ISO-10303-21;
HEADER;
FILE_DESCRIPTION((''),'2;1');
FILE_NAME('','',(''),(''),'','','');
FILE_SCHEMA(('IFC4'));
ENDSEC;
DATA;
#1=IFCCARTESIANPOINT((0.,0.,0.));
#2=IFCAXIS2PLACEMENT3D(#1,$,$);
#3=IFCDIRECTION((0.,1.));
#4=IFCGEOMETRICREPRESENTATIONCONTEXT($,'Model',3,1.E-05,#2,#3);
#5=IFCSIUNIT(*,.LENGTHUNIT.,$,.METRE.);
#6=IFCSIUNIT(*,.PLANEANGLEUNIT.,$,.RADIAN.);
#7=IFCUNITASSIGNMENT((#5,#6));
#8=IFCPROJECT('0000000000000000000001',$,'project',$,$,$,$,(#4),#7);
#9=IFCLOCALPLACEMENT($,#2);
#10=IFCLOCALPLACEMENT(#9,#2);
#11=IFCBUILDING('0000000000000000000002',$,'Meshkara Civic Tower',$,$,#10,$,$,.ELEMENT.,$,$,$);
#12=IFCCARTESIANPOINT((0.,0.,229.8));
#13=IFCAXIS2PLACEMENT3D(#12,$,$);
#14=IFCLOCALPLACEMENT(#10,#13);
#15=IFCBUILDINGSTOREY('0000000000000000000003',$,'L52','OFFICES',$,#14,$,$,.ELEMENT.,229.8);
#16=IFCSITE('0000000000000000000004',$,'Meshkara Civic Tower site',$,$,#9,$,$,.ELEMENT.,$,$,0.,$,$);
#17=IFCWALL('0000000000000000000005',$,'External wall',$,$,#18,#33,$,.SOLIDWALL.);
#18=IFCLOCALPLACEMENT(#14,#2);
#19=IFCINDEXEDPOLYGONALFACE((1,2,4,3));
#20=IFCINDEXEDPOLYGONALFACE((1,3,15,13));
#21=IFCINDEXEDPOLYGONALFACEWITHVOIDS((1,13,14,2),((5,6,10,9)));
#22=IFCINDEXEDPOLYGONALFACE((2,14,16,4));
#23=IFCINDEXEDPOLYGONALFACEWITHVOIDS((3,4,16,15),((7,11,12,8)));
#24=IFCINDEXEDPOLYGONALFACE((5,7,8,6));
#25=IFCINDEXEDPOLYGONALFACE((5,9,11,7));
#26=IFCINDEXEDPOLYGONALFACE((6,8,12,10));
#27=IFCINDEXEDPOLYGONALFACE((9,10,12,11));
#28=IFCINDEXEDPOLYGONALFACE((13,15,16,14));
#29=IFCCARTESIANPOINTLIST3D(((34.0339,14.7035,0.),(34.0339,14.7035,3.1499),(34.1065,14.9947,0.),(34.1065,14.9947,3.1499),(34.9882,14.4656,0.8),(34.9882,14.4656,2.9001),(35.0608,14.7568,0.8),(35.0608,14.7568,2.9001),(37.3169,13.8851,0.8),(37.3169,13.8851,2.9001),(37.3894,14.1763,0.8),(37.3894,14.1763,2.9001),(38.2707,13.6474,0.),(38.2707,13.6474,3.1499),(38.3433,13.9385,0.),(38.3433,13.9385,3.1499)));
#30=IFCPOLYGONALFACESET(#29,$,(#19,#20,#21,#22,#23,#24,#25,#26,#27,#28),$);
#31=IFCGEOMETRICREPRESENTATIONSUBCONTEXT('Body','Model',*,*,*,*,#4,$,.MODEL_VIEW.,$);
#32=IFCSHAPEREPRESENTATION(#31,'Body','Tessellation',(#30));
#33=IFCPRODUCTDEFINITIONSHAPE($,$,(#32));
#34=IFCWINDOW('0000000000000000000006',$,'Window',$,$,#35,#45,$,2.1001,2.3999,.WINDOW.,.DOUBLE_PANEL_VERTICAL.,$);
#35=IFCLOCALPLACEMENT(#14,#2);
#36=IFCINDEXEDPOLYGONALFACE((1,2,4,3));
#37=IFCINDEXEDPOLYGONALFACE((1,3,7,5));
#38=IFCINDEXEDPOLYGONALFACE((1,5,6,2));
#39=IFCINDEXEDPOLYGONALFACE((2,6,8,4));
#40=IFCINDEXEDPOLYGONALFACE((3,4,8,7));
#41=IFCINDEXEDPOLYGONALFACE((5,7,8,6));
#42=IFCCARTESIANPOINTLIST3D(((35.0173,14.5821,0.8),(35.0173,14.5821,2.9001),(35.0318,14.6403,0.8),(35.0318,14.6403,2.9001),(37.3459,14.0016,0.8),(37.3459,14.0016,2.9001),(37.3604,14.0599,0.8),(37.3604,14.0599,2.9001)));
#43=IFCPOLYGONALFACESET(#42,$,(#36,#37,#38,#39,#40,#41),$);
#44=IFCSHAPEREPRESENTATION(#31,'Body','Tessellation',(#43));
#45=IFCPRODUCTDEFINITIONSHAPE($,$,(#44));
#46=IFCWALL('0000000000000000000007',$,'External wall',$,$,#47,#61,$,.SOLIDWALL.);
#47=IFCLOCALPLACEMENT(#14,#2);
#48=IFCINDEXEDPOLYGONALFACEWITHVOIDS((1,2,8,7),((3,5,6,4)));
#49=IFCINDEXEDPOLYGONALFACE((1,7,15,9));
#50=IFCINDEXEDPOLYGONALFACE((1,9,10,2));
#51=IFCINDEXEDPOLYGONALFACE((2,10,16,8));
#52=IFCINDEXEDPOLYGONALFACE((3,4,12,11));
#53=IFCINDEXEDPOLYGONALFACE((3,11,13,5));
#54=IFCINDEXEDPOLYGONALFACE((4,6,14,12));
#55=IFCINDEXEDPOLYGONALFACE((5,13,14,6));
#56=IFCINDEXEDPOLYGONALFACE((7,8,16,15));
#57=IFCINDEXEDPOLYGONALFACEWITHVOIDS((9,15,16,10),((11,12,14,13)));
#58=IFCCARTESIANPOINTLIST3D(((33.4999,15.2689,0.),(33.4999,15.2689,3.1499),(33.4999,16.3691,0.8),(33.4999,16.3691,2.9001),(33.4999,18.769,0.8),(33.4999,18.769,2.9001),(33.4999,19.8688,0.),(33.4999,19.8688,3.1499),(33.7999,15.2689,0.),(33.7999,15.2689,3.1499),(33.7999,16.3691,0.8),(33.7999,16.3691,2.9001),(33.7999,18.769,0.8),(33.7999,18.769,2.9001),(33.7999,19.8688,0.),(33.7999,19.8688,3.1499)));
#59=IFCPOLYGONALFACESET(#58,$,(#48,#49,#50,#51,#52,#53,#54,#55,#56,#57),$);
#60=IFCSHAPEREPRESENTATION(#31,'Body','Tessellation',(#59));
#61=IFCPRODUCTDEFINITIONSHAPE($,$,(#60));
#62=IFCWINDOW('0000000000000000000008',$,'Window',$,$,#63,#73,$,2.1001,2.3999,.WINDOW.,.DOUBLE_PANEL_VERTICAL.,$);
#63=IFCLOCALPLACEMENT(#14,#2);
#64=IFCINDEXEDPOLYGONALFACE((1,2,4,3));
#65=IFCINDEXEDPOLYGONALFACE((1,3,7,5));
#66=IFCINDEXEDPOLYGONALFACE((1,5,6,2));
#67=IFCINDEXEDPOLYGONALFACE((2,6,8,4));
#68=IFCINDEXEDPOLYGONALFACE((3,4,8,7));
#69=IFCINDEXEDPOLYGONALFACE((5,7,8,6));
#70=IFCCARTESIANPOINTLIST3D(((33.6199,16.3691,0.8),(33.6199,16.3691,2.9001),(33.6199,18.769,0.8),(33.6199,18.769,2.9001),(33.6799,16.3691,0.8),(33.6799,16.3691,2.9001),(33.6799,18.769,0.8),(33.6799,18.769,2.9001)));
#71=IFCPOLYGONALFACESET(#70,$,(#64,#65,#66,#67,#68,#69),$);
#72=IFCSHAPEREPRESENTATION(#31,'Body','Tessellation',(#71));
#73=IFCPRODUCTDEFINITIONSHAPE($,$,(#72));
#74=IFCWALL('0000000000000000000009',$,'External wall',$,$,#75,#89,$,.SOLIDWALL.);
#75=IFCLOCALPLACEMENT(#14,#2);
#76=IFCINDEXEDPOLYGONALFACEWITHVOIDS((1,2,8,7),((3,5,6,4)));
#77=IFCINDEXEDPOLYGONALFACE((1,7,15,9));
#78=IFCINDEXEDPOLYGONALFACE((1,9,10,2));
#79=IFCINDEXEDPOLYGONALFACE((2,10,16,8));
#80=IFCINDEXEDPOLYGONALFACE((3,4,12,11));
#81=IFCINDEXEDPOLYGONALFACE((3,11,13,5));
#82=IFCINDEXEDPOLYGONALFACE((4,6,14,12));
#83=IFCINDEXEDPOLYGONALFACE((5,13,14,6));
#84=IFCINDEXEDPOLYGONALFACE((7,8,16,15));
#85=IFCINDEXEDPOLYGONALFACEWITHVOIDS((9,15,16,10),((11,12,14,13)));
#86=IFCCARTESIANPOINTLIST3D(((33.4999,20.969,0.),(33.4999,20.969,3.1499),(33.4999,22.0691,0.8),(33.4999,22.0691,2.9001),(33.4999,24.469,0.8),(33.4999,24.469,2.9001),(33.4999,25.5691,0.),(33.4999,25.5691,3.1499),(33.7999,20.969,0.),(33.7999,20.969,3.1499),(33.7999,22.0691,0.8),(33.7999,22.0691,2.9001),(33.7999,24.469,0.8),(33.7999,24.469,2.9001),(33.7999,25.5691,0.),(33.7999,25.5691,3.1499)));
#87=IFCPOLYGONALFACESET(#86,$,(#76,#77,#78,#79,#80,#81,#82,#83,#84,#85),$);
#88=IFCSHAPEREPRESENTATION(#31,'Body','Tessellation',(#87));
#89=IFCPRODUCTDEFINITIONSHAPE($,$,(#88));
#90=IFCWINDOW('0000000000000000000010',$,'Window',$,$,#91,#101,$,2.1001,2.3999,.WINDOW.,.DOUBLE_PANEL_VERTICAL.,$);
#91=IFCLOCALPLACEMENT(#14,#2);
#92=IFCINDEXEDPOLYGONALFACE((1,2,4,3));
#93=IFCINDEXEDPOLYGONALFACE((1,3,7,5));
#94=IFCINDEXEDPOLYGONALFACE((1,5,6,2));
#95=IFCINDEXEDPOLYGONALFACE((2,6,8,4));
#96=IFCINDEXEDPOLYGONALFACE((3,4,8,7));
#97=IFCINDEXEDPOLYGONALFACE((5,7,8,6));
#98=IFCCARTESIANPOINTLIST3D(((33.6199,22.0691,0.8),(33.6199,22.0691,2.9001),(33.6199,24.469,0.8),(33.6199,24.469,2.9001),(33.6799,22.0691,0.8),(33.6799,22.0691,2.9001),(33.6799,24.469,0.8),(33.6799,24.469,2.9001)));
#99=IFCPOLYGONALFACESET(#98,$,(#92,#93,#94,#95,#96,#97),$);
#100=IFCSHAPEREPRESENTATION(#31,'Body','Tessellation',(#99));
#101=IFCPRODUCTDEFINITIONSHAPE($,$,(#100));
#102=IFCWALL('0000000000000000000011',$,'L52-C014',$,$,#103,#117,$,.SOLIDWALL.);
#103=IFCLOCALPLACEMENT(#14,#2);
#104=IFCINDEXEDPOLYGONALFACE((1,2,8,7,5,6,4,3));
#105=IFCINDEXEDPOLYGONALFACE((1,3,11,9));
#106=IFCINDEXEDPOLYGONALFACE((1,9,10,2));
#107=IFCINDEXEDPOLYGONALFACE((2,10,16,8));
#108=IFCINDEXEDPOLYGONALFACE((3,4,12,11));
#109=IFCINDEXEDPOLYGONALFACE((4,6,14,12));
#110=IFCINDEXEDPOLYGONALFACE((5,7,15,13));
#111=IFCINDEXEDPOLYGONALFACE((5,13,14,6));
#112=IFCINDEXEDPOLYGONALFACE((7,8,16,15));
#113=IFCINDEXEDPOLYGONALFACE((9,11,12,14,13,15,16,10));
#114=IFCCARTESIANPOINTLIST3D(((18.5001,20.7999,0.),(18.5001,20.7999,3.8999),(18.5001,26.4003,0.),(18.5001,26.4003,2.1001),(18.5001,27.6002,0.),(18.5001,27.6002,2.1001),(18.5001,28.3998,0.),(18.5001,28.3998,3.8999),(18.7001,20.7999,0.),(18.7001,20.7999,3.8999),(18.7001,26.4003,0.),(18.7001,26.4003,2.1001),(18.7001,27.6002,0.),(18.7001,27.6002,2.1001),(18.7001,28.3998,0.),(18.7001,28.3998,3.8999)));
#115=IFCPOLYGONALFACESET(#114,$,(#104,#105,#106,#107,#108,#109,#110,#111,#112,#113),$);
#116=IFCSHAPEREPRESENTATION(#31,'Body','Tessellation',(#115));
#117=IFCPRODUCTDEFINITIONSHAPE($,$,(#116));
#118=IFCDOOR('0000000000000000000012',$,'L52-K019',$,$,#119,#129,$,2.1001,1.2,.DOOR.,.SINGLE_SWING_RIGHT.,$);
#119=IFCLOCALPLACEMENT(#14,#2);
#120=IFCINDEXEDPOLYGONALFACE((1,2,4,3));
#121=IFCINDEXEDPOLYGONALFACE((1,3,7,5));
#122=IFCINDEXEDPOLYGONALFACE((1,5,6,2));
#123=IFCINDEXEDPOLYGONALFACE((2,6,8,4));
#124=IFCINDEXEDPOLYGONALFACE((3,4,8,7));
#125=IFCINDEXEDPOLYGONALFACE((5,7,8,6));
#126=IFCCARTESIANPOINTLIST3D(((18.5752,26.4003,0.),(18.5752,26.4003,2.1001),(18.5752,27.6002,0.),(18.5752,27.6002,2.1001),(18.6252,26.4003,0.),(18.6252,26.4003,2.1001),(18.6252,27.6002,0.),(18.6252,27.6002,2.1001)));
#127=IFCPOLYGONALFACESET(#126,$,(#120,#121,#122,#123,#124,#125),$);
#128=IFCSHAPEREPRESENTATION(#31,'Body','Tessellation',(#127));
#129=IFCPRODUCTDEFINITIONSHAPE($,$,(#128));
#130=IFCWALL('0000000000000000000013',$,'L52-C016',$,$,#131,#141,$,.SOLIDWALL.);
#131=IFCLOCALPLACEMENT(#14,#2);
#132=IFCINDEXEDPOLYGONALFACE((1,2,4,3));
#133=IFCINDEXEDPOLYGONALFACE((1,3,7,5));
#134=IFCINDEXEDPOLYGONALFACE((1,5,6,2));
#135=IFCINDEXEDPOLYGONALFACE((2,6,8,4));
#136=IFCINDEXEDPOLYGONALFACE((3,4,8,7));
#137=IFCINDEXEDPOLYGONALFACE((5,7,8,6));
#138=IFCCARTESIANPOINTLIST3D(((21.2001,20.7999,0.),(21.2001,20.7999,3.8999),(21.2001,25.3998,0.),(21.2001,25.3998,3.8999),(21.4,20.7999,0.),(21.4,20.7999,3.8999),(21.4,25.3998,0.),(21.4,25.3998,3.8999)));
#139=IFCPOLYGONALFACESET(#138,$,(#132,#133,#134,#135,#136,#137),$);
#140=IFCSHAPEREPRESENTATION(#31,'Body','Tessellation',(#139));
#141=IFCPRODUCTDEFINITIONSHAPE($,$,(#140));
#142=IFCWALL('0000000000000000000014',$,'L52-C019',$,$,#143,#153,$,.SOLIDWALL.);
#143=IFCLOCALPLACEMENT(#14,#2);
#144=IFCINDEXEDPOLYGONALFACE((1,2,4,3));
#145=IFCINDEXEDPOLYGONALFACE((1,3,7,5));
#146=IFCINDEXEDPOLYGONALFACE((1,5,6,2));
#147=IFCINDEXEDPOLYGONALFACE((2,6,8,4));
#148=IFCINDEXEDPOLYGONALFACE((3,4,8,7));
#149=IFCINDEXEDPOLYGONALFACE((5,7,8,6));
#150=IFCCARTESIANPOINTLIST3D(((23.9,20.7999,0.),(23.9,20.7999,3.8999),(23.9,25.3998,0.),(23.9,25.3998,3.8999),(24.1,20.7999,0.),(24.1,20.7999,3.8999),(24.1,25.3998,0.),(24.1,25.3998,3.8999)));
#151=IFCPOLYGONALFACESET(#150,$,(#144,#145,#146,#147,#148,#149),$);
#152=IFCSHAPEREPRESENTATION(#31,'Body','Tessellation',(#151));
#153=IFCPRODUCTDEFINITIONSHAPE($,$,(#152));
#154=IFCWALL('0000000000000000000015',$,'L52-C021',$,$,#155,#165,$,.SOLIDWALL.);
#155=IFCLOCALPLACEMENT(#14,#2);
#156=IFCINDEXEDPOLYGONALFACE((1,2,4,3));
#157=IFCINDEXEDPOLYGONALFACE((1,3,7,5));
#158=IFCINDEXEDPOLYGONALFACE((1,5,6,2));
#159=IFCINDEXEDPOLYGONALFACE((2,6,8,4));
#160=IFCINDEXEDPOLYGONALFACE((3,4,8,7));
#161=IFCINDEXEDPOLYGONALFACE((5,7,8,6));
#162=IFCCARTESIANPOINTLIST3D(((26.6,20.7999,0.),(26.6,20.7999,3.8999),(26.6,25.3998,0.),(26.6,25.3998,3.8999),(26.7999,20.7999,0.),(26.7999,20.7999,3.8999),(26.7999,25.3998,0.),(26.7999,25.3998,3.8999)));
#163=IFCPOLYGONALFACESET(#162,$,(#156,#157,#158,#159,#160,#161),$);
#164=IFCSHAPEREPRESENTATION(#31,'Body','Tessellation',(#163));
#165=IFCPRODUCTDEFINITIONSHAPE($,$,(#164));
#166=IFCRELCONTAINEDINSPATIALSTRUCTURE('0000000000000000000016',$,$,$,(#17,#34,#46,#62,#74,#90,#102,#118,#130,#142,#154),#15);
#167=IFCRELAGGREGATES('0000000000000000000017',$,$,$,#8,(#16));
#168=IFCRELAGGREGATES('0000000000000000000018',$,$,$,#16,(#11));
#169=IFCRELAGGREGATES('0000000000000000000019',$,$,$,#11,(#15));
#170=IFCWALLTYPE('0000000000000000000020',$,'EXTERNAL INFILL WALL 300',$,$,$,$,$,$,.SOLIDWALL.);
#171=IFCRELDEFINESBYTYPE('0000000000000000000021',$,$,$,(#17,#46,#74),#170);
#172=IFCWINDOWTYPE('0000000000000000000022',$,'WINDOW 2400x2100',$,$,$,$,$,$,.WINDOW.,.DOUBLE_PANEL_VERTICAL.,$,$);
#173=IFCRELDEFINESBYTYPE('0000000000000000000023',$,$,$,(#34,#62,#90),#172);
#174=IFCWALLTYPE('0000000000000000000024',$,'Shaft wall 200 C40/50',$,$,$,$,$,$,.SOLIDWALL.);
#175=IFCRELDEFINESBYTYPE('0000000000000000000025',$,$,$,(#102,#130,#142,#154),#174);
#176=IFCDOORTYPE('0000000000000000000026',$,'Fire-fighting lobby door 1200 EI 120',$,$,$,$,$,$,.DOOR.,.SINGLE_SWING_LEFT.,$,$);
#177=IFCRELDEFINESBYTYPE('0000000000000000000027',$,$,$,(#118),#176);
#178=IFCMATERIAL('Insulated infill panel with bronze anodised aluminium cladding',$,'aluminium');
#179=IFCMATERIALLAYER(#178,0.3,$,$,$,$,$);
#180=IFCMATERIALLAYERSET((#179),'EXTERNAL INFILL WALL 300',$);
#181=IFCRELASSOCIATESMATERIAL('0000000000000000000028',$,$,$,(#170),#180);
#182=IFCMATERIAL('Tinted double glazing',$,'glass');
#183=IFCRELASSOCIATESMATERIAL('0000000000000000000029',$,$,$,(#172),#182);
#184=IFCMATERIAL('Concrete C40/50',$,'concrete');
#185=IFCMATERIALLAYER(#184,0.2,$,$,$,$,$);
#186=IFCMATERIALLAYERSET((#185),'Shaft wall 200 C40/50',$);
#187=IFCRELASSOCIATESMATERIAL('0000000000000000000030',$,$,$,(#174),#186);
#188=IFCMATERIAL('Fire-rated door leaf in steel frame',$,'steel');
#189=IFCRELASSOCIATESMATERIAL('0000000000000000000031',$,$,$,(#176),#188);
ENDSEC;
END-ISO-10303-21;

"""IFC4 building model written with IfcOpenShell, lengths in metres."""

from ifc_helpers import new_model, si_unit, direction, frame, frame_2d, origin, place, context, subcontext, project, spatial, rectangle, extrude, material, layer, layer_set, type_object, element, fill, save


model = new_model("IFC4")

# Units and contexts
model_context = context("Model", 3, precision=1e-05, world=origin(), true_north=direction((0.0, 1.0)))
body_context = subcontext(model_context, "Body", "Model", "MODEL_VIEW")
ifc_project = project(units=[si_unit("LENGTHUNIT", "METRE"), si_unit("PLANEANGLEUNIT", "RADIAN")], contexts=[model_context])

# Site, building, storey
site_placement = place(None, origin())
site = spatial("IfcSite", under=ifc_project, at=site_placement, Name="Meshkara Civic Tower site", CompositionType="ELEMENT", RefElevation=0.0)
building_placement = place(site_placement, origin())
building = spatial("IfcBuilding", under=site, at=building_placement, Name="Meshkara Civic Tower", CompositionType="ELEMENT")
storey_placement = place(building_placement, frame((0.0, 0.0, 229.8)))
storey = spatial("IfcBuildingStorey", under=building, at=storey_placement, Name="L52", Description="OFFICES", CompositionType="ELEMENT", Elevation=229.8)

# Walls, openings, windows
ifc_material_1 = material(Name="Insulated infill panel with bronze anodised aluminium cladding", Category="aluminium")
ifc_layer_1 = layer(ifc_material_1, 0.3)
ifc_layer_set_1 = layer_set([ifc_layer_1], Name="EXTERNAL INFILL WALL 300")
wall_type_1 = type_object("IfcWallType", Name="EXTERNAL INFILL WALL 300", PredefinedType="SOLIDWALL", material=ifc_layer_set_1)
wall_1_placement = place(storey_placement, frame((38.3069, 13.793, 0.0), z_axis=(0.0, 0.0, 1.0), x_axis=(-0.970307, 0.241878, 0.0)))
wall_1 = element("IfcWall", 1, at=wall_1_placement, inside=storey, type_object=wall_type_1, Name="External wall", PredefinedType="SOLIDWALL", context=body_context, shape_type="SweptSolid", body=[
    extrude(rectangle(XDim=4.3665, YDim=0.3, at=frame_2d((2.1831, 0.0))), origin(), (0.0, 0.0, 1.0), 3.1499),
])
opening_1_placement = place(wall_1_placement, frame((0.9829, 0.0, 0.8)))
opening_1 = element("IfcOpeningElement", 2, at=opening_1_placement, cuts=wall_1, PredefinedType="OPENING", context=body_context, shape_type="SweptSolid", body=[
    extrude(rectangle(XDim=2.3999, YDim=2.1001, at=frame_2d((1.2, 1.05))), frame((0.0, 0.1599, 0.0), z_axis=(0.0, -1.0, 0.0), x_axis=(1.0, 0.0, 0.0)), (0.0, 0.0, 1.0), 0.3201),
])
ifc_material_2 = material(Name="Tinted double glazing", Category="glass")
window_type = type_object("IfcWindowType", Name="WINDOW 2400x2100", PartitioningType="DOUBLE_PANEL_VERTICAL", PredefinedType="WINDOW", material=ifc_material_2)
window_1_placement = place(opening_1_placement, origin())
window_1 = element("IfcWindow", 3, at=window_1_placement, inside=storey, type_object=window_type, Name="Window", OverallHeight=2.1001, OverallWidth=2.3999, PartitioningType="DOUBLE_PANEL_VERTICAL", PredefinedType="WINDOW", context=body_context, shape_type="SweptSolid", body=[
    extrude(rectangle(XDim=2.3999, YDim=2.1001, at=frame_2d((1.2, 1.05))), frame((0.0, 0.03, 0.0), z_axis=(0.0, -1.0, 0.0), x_axis=(1.0, 0.0, 0.0)), (0.0, 0.0, 1.0), 0.0601),
])
fill(opening_1, window_1)
wall_2_placement = place(storey_placement, frame((33.6499, 15.269, 0.0), z_axis=(0.0, 0.0, 1.0), x_axis=(0.0, 1.0, 0.0)))
wall_2 = element("IfcWall", 4, at=wall_2_placement, inside=storey, type_object=wall_type_1, Name="External wall", PredefinedType="SOLIDWALL", context=body_context, shape_type="SweptSolid", body=[
    extrude(rectangle(XDim=4.5999, YDim=0.3, at=frame_2d((2.2998, 0.0))), origin(), (0.0, 0.0, 1.0), 3.1499),
])
opening_2_placement = place(wall_2_placement, frame((1.1001, 0.0, 0.8)))
opening_2 = element("IfcOpeningElement", 5, at=opening_2_placement, cuts=wall_2, PredefinedType="OPENING", context=body_context, shape_type="SweptSolid", body=[
    extrude(rectangle(XDim=2.3999, YDim=2.1001, at=frame_2d((1.2, 1.05))), frame((0.0, 0.1599, 0.0), z_axis=(0.0, -1.0, 0.0), x_axis=(1.0, 0.0, 0.0)), (0.0, 0.0, 1.0), 0.3201),
])
window_2_placement = place(opening_2_placement, origin())
window_2 = element("IfcWindow", 6, at=window_2_placement, inside=storey, type_object=window_type, Name="Window", OverallHeight=2.1001, OverallWidth=2.3999, PartitioningType="DOUBLE_PANEL_VERTICAL", PredefinedType="WINDOW", context=body_context, shape_type="SweptSolid", body=[
    extrude(rectangle(XDim=2.3999, YDim=2.1001, at=frame_2d((1.2, 1.05))), frame((0.0, 0.03, 0.0), z_axis=(0.0, -1.0, 0.0), x_axis=(1.0, 0.0, 0.0)), (0.0, 0.0, 1.0), 0.0601),
])
fill(opening_2, window_2)
wall_3_placement = place(storey_placement, frame((33.6499, 20.969, 0.0), z_axis=(0.0, 0.0, 1.0), x_axis=(0.0, 1.0, 0.0)))
wall_3 = element("IfcWall", 7, at=wall_3_placement, inside=storey, type_object=wall_type_1, Name="External wall", PredefinedType="SOLIDWALL", context=body_context, shape_type="SweptSolid", body=[
    extrude(rectangle(XDim=4.6001, YDim=0.3, at=frame_2d((2.3, 0.0))), origin(), (0.0, 0.0, 1.0), 3.1499),
])
opening_3_placement = place(wall_3_placement, frame((1.1001, 0.0, 0.8)))
opening_3 = element("IfcOpeningElement", 8, at=opening_3_placement, cuts=wall_3, PredefinedType="OPENING", context=body_context, shape_type="SweptSolid", body=[
    extrude(rectangle(XDim=2.3999, YDim=2.1001, at=frame_2d((1.2, 1.05))), frame((0.0, 0.1599, 0.0), z_axis=(0.0, -1.0, 0.0), x_axis=(1.0, 0.0, 0.0)), (0.0, 0.0, 1.0), 0.3201),
])
window_3_placement = place(opening_3_placement, origin())
window_3 = element("IfcWindow", 9, at=window_3_placement, inside=storey, type_object=window_type, Name="Window", OverallHeight=2.1001, OverallWidth=2.3999, PartitioningType="DOUBLE_PANEL_VERTICAL", PredefinedType="WINDOW", context=body_context, shape_type="SweptSolid", body=[
    extrude(rectangle(XDim=2.3999, YDim=2.1001, at=frame_2d((1.2, 1.05))), frame((0.0, 0.03, 0.0), z_axis=(0.0, -1.0, 0.0), x_axis=(1.0, 0.0, 0.0)), (0.0, 0.0, 1.0), 0.0601),
])
fill(opening_3, window_3)

# Wall, opening, door
ifc_material_3 = material(Name="Concrete C40/50", Category="concrete")
ifc_layer_2 = layer(ifc_material_3, 0.2)
ifc_layer_set_2 = layer_set([ifc_layer_2], Name="Shaft wall 200 C40/50")
wall_type_2 = type_object("IfcWallType", Name="Shaft wall 200 C40/50", PredefinedType="SOLIDWALL", material=ifc_layer_set_2)
wall_4_placement = place(storey_placement, frame((18.6001, 20.8, 0.0), z_axis=(0.0, 0.0, 1.0), x_axis=(0.0, 1.0, 0.0)))
wall_4 = element("IfcWall", 10, at=wall_4_placement, inside=storey, type_object=wall_type_2, Name="L52-C014", PredefinedType="SOLIDWALL", context=body_context, shape_type="SweptSolid", body=[
    extrude(rectangle(XDim=7.5999, YDim=0.2, at=frame_2d((3.7998, 0.0))), origin(), (0.0, 0.0, 1.0), 3.8999),
])
opening_4_placement = place(wall_4_placement, frame((5.6001, 0.0, 0.0)))
opening_4 = element("IfcOpeningElement", 11, at=opening_4_placement, cuts=wall_4, PredefinedType="OPENING", context=body_context, shape_type="SweptSolid", body=[
    extrude(rectangle(XDim=1.2, YDim=2.1001, at=frame_2d((0.6001, 1.05))), frame((0.0, 0.1099, 0.0), z_axis=(0.0, -1.0, 0.0), x_axis=(1.0, 0.0, 0.0)), (0.0, 0.0, 1.0), 0.22),
])
ifc_material_4 = material(Name="Fire-rated door leaf in steel frame", Category="steel")
door_type_1 = type_object("IfcDoorType", Name="Fire-fighting lobby door 1200 EI 120", OperationType="SINGLE_SWING_LEFT", PredefinedType="DOOR", material=ifc_material_4)
door_1_placement = place(opening_4_placement, origin())
door_1 = element("IfcDoor", 12, at=door_1_placement, inside=storey, type_object=door_type_1, Name="L52-K019", OperationType="SINGLE_SWING_RIGHT", OverallHeight=2.1001, OverallWidth=1.2, PredefinedType="DOOR", context=body_context, shape_type="SweptSolid", body=[
    extrude(rectangle(XDim=1.2, YDim=2.1001, at=frame_2d((0.6001, 1.05))), frame((0.0, 0.0249, 0.0), z_axis=(0.0, -1.0, 0.0), x_axis=(1.0, 0.0, 0.0)), (0.0, 0.0, 1.0), 0.05),
])
fill(opening_4, door_1)

# Walls
for number, where, z_axis, x_axis, name in (
    (13, (21.3, 20.8, 0.0), (0.0, 0.0, 1.0), (0.0, 1.0, 0.0), "L52-C016"),
    (14, (24.0, 20.8, 0.0), (0.0, 0.0, 1.0), (0.0, 1.0, 0.0), "L52-C019"),
    (15, (26.7, 20.8, 0.0), (0.0, 0.0, 1.0), (0.0, 1.0, 0.0), "L52-C021"),
):
    element("IfcWall", number, at=place(storey_placement, frame(where, z_axis=z_axis, x_axis=x_axis)), inside=storey, type_object=wall_type_2, Name=name, PredefinedType="SOLIDWALL", context=body_context, shape_type="SweptSolid", body=[
        extrude(rectangle(XDim=4.5999, YDim=0.2, at=frame_2d((2.2998, 0.0))), origin(), (0.0, 0.0, 1.0), 3.8999),
    ])

save(model, "model.ifc")
